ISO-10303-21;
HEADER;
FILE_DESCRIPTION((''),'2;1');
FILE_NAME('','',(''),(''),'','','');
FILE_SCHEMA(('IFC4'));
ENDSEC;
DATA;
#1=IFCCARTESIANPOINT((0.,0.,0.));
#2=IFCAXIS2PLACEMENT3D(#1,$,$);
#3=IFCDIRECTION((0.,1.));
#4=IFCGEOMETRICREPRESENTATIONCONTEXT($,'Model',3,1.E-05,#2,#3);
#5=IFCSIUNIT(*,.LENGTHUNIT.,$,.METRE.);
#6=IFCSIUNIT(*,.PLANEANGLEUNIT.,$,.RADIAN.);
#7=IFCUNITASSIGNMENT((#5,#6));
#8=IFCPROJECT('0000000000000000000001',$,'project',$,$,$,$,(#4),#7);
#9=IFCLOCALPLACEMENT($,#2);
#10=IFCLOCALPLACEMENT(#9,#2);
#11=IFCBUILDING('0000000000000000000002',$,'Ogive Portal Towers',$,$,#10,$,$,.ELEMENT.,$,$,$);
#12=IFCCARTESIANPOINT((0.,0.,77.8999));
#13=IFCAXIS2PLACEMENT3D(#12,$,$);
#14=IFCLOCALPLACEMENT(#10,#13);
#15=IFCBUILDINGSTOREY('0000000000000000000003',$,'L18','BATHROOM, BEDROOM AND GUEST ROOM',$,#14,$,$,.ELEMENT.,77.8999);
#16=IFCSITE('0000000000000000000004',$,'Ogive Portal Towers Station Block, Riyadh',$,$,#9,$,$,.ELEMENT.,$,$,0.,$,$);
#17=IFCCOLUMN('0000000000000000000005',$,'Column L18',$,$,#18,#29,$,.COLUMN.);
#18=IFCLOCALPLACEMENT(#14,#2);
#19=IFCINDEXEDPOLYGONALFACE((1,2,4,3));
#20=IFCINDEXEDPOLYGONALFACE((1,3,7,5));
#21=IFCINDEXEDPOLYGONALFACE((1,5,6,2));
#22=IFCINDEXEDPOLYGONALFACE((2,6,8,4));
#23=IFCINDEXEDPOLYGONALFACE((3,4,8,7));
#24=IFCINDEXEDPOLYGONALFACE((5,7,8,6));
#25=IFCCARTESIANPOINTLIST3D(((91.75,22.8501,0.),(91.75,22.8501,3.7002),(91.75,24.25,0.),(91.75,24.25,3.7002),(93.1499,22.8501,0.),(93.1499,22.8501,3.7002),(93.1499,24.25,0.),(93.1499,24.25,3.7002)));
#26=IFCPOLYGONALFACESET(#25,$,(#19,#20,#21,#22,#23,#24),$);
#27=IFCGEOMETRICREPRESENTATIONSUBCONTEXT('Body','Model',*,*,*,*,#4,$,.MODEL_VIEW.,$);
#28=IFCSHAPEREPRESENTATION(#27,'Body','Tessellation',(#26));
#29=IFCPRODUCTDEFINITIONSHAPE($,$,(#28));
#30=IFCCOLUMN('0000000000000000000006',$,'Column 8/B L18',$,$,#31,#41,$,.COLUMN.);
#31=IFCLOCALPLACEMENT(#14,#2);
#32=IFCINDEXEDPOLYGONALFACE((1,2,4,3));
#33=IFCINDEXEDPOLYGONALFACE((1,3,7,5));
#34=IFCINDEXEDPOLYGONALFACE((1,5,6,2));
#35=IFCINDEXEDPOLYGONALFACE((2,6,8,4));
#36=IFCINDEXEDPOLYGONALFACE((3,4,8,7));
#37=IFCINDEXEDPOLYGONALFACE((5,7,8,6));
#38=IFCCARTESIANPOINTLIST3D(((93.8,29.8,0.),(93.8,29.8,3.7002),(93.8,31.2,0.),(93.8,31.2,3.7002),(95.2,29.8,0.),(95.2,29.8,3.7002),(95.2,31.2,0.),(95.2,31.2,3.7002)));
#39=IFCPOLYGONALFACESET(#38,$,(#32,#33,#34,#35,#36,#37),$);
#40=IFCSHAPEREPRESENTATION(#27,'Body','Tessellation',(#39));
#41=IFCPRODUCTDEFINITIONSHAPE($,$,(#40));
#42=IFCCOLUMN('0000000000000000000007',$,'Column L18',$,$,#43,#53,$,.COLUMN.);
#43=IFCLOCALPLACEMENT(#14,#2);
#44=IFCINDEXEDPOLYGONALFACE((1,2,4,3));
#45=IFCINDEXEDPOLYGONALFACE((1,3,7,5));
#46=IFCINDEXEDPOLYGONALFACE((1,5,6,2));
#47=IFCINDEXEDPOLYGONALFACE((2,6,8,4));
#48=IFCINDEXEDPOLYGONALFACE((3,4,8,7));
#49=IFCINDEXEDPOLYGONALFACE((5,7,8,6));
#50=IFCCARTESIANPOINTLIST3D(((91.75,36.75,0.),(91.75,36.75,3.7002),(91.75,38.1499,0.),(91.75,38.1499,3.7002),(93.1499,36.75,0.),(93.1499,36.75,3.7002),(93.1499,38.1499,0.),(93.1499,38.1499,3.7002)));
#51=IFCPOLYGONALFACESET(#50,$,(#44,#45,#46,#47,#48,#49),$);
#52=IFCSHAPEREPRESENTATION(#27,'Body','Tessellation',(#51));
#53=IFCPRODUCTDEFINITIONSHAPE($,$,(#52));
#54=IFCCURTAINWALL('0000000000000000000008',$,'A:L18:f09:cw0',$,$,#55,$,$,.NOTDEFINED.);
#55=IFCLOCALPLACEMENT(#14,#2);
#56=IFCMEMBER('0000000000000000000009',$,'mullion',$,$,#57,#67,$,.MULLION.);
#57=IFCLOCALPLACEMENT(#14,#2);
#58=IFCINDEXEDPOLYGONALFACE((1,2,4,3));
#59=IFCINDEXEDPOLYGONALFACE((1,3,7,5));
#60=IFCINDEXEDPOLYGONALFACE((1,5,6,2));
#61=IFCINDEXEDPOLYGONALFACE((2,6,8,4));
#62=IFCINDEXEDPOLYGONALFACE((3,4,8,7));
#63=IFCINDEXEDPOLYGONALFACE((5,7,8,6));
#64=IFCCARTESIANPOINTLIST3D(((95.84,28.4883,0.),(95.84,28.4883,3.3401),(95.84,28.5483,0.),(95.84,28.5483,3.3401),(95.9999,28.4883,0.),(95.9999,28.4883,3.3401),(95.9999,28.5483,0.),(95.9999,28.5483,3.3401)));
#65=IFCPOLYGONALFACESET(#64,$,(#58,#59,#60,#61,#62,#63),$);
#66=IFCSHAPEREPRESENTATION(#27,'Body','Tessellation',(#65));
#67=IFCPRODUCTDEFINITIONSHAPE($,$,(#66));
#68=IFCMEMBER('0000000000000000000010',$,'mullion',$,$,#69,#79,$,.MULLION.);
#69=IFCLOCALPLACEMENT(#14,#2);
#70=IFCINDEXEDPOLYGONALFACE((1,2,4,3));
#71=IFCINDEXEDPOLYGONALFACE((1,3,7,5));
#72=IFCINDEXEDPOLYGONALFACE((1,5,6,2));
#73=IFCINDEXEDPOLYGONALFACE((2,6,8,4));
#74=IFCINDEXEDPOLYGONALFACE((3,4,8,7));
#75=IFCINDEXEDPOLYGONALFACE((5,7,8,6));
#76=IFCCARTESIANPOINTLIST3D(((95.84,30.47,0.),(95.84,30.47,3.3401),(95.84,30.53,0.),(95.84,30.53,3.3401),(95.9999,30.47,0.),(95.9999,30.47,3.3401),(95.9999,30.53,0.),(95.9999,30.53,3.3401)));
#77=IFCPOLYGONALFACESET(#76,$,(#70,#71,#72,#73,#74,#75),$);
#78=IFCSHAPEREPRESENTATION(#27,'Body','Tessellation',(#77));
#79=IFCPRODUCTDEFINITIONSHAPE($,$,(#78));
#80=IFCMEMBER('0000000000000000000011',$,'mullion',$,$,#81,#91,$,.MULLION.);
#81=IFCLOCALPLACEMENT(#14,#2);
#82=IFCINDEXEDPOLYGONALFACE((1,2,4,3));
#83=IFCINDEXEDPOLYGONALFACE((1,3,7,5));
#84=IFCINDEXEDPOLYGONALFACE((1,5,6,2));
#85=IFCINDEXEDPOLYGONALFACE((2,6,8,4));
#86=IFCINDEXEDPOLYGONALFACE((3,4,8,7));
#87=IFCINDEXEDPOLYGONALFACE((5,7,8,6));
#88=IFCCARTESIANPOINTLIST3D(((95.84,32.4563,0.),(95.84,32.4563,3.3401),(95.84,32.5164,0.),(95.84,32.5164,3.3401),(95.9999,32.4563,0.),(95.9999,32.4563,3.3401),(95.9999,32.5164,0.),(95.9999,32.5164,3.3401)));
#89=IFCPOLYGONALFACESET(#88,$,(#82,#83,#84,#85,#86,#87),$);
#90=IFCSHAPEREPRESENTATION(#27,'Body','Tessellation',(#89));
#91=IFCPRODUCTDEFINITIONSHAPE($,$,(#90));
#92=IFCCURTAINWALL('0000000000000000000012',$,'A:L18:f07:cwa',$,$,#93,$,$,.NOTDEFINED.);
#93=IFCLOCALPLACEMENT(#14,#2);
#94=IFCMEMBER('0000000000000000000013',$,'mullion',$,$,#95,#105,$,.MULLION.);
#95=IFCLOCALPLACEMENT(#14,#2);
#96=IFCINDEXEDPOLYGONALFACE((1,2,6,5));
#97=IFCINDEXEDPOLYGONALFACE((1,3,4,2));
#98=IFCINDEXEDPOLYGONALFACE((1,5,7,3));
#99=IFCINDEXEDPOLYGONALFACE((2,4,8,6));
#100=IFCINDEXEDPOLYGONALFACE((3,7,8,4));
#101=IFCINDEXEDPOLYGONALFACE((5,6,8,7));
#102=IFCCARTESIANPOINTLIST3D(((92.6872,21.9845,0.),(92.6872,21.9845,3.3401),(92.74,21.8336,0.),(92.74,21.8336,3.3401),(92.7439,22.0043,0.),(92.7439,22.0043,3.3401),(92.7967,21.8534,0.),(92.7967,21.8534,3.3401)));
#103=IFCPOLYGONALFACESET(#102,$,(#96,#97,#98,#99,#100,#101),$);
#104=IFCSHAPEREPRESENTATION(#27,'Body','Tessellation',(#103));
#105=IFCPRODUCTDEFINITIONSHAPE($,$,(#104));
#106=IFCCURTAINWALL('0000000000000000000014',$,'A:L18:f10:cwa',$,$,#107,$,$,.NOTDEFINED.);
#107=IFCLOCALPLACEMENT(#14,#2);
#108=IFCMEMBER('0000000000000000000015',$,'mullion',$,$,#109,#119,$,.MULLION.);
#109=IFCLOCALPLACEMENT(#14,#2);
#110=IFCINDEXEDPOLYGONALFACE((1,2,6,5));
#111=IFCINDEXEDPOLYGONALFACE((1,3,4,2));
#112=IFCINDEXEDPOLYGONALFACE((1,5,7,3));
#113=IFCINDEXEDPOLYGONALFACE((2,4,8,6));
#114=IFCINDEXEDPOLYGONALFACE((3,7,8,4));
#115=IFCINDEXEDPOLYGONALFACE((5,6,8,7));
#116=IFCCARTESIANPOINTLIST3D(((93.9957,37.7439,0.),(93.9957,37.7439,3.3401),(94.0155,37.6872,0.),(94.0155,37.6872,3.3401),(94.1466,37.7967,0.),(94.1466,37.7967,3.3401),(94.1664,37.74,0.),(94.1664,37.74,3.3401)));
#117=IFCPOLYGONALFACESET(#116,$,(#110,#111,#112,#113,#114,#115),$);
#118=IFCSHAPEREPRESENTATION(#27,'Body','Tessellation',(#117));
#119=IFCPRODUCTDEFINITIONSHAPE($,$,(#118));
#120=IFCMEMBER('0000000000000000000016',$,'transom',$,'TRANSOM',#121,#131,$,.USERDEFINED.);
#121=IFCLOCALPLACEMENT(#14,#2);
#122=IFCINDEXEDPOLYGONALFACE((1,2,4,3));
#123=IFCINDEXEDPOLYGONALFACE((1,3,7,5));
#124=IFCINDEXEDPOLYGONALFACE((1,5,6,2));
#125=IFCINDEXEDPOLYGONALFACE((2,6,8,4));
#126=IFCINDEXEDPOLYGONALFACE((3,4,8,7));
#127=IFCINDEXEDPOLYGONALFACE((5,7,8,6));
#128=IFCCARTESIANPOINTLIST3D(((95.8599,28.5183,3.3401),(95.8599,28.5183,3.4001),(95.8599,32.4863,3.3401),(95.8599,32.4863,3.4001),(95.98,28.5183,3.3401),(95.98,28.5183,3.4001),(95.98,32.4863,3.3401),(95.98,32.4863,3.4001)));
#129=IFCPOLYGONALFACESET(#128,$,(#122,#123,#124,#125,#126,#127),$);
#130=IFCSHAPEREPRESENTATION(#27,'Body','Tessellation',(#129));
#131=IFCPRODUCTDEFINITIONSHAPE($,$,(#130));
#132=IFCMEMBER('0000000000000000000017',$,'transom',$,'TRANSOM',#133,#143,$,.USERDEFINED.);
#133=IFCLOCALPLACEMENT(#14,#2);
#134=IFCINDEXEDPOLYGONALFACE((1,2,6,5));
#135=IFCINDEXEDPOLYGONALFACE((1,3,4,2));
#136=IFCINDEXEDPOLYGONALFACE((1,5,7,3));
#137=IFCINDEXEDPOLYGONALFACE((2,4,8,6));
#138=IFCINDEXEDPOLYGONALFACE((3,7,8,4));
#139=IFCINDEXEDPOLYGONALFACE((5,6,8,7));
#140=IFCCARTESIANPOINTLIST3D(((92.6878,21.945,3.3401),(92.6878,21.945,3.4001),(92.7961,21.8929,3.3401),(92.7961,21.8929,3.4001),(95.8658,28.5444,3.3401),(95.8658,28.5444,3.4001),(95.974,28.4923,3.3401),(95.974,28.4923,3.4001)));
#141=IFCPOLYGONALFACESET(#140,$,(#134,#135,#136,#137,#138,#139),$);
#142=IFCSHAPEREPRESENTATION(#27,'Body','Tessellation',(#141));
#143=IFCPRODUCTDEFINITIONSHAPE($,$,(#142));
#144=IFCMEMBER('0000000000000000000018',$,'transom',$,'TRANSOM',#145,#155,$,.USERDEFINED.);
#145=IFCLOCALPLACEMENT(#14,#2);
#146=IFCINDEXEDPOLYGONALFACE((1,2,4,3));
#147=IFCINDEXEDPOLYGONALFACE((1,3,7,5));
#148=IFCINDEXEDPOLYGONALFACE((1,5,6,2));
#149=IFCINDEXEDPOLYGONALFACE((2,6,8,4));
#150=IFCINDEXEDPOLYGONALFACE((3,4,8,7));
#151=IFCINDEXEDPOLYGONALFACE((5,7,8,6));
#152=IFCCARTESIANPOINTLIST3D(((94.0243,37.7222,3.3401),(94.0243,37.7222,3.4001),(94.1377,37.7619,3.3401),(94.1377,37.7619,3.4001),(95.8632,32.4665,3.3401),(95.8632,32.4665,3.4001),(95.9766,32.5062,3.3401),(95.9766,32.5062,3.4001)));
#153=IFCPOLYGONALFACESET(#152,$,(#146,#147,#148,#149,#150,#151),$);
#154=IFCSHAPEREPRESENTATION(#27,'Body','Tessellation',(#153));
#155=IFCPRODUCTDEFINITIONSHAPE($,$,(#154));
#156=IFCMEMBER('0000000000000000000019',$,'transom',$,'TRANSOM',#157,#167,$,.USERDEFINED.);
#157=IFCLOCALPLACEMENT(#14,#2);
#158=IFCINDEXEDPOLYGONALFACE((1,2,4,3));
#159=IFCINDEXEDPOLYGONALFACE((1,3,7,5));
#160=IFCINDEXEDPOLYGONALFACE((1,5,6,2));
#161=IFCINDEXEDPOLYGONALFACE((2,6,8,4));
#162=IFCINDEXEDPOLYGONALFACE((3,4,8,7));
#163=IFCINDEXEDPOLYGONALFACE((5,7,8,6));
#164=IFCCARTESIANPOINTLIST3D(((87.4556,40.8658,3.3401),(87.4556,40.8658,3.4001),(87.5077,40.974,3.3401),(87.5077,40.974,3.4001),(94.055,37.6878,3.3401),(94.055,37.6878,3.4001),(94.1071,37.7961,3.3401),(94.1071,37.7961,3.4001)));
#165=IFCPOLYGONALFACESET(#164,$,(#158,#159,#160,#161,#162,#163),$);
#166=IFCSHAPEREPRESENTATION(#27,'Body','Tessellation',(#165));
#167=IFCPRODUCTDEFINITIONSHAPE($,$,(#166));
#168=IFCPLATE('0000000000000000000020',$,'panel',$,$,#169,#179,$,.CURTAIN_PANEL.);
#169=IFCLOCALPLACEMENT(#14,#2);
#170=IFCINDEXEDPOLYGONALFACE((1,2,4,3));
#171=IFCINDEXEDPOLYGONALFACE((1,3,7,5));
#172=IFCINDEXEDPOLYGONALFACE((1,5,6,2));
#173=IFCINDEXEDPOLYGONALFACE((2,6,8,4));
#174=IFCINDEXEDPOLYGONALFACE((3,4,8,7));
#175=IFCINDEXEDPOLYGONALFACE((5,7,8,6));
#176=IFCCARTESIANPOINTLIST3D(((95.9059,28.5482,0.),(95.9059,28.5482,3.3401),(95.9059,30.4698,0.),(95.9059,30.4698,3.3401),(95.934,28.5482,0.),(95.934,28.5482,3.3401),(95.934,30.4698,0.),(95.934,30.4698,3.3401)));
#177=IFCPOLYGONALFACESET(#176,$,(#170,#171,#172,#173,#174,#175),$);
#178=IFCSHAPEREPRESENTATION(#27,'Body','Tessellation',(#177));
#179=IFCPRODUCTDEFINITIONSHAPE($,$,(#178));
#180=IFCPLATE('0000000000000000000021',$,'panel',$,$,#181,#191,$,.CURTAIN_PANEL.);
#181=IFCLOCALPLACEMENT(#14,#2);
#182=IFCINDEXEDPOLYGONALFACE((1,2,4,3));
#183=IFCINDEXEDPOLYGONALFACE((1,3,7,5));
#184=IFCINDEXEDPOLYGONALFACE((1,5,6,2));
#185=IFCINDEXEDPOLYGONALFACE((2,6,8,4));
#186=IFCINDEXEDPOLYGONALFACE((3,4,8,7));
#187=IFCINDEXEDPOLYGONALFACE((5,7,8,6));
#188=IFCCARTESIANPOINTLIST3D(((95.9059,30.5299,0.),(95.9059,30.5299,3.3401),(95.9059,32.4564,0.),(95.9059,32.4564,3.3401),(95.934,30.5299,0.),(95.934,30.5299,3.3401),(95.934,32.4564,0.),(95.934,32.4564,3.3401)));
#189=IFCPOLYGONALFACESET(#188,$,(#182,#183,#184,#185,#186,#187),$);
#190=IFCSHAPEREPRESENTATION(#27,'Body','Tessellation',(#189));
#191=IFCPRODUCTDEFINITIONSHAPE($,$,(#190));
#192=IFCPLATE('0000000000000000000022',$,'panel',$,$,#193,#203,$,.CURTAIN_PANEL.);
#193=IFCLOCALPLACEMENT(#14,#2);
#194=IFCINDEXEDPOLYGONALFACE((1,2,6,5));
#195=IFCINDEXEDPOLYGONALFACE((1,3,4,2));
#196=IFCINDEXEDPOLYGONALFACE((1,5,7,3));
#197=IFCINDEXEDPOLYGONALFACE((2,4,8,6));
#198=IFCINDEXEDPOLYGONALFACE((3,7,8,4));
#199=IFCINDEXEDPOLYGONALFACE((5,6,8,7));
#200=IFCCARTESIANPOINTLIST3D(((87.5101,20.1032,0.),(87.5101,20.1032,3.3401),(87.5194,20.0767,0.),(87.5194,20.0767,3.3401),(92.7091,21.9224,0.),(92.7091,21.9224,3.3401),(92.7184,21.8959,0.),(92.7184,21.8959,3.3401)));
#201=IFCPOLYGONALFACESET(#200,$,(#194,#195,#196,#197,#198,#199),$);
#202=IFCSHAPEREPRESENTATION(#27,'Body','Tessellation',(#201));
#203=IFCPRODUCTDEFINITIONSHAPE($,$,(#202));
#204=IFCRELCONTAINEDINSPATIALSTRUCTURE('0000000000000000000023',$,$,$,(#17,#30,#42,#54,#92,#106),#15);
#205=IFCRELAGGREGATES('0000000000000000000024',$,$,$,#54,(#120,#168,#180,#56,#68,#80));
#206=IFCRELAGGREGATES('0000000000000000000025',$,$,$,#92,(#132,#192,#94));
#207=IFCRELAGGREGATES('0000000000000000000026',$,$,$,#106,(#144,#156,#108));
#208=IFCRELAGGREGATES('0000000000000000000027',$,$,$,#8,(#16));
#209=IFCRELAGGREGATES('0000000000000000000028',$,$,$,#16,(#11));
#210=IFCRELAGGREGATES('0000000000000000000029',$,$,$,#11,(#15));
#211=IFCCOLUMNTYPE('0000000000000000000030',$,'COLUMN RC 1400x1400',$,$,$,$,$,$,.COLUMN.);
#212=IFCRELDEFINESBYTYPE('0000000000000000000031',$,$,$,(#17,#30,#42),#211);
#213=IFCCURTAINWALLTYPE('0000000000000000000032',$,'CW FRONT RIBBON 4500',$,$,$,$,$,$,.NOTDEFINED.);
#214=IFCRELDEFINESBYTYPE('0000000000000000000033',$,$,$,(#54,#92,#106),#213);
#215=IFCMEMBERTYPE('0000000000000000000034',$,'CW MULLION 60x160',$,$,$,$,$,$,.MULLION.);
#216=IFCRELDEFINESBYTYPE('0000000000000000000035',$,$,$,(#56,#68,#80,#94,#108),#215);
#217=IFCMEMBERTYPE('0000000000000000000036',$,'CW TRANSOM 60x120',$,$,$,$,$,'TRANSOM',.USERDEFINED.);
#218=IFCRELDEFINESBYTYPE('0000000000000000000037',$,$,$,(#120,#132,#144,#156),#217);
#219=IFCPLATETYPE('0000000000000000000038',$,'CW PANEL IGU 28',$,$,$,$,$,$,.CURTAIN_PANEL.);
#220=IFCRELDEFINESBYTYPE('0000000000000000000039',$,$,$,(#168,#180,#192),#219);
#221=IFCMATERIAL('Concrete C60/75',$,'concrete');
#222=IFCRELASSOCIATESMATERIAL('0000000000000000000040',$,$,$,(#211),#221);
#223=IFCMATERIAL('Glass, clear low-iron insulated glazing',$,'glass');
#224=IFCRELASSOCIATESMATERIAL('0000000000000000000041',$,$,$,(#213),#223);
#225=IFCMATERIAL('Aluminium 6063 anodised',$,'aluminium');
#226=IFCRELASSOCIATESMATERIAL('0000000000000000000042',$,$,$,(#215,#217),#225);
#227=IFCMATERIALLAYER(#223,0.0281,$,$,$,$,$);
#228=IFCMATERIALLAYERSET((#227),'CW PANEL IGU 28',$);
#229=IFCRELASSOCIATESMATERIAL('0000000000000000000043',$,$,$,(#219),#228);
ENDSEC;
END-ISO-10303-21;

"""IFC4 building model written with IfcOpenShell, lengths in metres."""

from ifc_helpers import new_model, si_unit, direction, frame, origin, origin_2d, place, context, subcontext, project, spatial, rectangle, extrude, material, layer, layer_set, material_profile, profile_set, type_object, element, aggregate, save


model = new_model("IFC4")

# Units and contexts
model_context = context("Model", 3, precision=1e-05, world=origin(), true_north=direction((0.0, 1.0)))
body_context = subcontext(model_context, "Body", "Model", "MODEL_VIEW")
ifc_project = project(units=[si_unit("LENGTHUNIT", "METRE"), si_unit("PLANEANGLEUNIT", "RADIAN")], contexts=[model_context])

# Site, building, storey
site_placement = place(None, origin())
site = spatial("IfcSite", under=ifc_project, at=site_placement, Name="Ogive Portal Towers Station Block, Riyadh", CompositionType="ELEMENT", RefElevation=0.0)
building_placement = place(site_placement, origin())
building = spatial("IfcBuilding", under=site, at=building_placement, Name="Ogive Portal Towers", CompositionType="ELEMENT")
storey_placement = place(building_placement, frame((0.0, 0.0, 77.8999)))
storey = spatial("IfcBuildingStorey", under=building, at=storey_placement, Name="L18", Description="BATHROOM, BEDROOM AND GUEST ROOM", CompositionType="ELEMENT", Elevation=77.8999)

# Columns
ifc_material_1 = material(Name="Concrete C60/75", Category="concrete")
ifc_material_profile_1 = material_profile(ifc_material_1, rectangle(XDim=1.3999, YDim=1.3999, at=origin_2d()), Name="RC 1400x1400")
ifc_profile_set_1 = profile_set([ifc_material_profile_1], Name="Concrete C60/75")
column_type = type_object("IfcColumnType", Name="COLUMN RC 1400x1400", PredefinedType="COLUMN", material=ifc_profile_set_1)
for number, where, z_axis, x_axis, name in (
    (1, (92.45, 23.55, 0.0), (0.0, 0.0, 1.0), (1.0, 0.0, 0.0), "Column L18"),
    (2, (94.5, 30.5, 0.0), (0.0, 0.0, 1.0), (1.0, 0.0, 0.0), "Column 8/B L18"),
    (3, (92.45, 37.45, 0.0), (0.0, 0.0, 1.0), (1.0, 0.0, 0.0), "Column L18"),
):
    element("IfcColumn", number, at=place(storey_placement, frame(where, z_axis=z_axis, x_axis=x_axis)), inside=storey, type_object=column_type, Name=name, PredefinedType="COLUMN", context=body_context, shape_type="SweptSolid", body=[
        extrude(rectangle(XDim=1.3999, YDim=1.3999, at=origin_2d()), origin(), (0.0, 0.0, 1.0), 3.7002),
    ])

# Curtain wall, members
ifc_material_2 = material(Name="Glass, clear low-iron insulated glazing", Category="glass")
curtain_wall_type = type_object("IfcCurtainWallType", Name="CW FRONT RIBBON 4500", PredefinedType="NOTDEFINED", material=ifc_material_2)
curtain_wall_1_placement = place(storey_placement, origin())
curtain_wall_1 = element("IfcCurtainWall", 4, at=curtain_wall_1_placement, inside=storey, type_object=curtain_wall_type, Name="A:L18:f09:cw0", PredefinedType="NOTDEFINED")
ifc_material_3 = material(Name="Aluminium 6063 anodised", Category="aluminium")
ifc_material_profile_2 = material_profile(ifc_material_3, rectangle(XDim=0.1599, YDim=0.0601, at=origin_2d()), Name="AL 60x160")
ifc_profile_set_2 = profile_set([ifc_material_profile_2], Name="Aluminium 6063 anodised")
member_type_1 = type_object("IfcMemberType", Name="CW MULLION 60x160", PredefinedType="MULLION", material=ifc_profile_set_2)
member_1_placement = place(storey_placement, frame((95.9199, 28.5183, 0.0), z_axis=(0.0, 0.0, 1.0), x_axis=(-1.0, 0.0, 0.0)))
member_1 = element("IfcMember", 5, at=member_1_placement, type_object=member_type_1, Name="mullion", PredefinedType="MULLION", context=body_context, shape_type="SweptSolid", body=[
    extrude(rectangle(XDim=0.1599, YDim=0.0601, at=origin_2d()), origin(), (0.0, 0.0, 1.0), 3.3401),
])
member_2_placement = place(storey_placement, frame((95.9199, 30.5, 0.0), z_axis=(0.0, 0.0, 1.0), x_axis=(-1.0, 0.0, 0.0)))
member_2 = element("IfcMember", 6, at=member_2_placement, type_object=member_type_1, Name="mullion", PredefinedType="MULLION", context=body_context, shape_type="SweptSolid", body=[
    extrude(rectangle(XDim=0.1599, YDim=0.0601, at=origin_2d()), origin(), (0.0, 0.0, 1.0), 3.3401),
])
member_3_placement = place(storey_placement, frame((95.9199, 32.4863, 0.0), z_axis=(0.0, 0.0, 1.0), x_axis=(-1.0, 0.0, 0.0)))
member_3 = element("IfcMember", 7, at=member_3_placement, type_object=member_type_1, Name="mullion", PredefinedType="MULLION", context=body_context, shape_type="SweptSolid", body=[
    extrude(rectangle(XDim=0.1599, YDim=0.0601, at=origin_2d()), origin(), (0.0, 0.0, 1.0), 3.3401),
])

# Curtain walls, members
curtain_wall_2_placement = place(storey_placement, origin())
curtain_wall_2 = element("IfcCurtainWall", 8, at=curtain_wall_2_placement, inside=storey, type_object=curtain_wall_type, Name="A:L18:f07:cwa", PredefinedType="NOTDEFINED")
member_4_placement = place(storey_placement, frame((92.7419, 21.9189, 0.0), z_axis=(0.0, 0.0, 1.0), x_axis=(-0.330279, 0.943883, 0.0)))
member_4 = element("IfcMember", 9, at=member_4_placement, type_object=member_type_1, Name="mullion", PredefinedType="MULLION", context=body_context, shape_type="SweptSolid", body=[
    extrude(rectangle(XDim=0.1599, YDim=0.0601, at=origin_2d()), origin(), (0.0, 0.0, 1.0), 3.3401),
])
curtain_wall_3_placement = place(storey_placement, origin())
curtain_wall_3 = element("IfcCurtainWall", 10, at=curtain_wall_3_placement, inside=storey, type_object=curtain_wall_type, Name="A:L18:f10:cwa", PredefinedType="NOTDEFINED")
member_5_placement = place(storey_placement, frame((94.0811, 37.7419, 0.0), z_axis=(0.0, 0.0, 1.0), x_axis=(-0.943883, -0.330279, 0.0)))
member_5 = element("IfcMember", 11, at=member_5_placement, type_object=member_type_1, Name="mullion", PredefinedType="MULLION", context=body_context, shape_type="SweptSolid", body=[
    extrude(rectangle(XDim=0.1599, YDim=0.0601, at=origin_2d()), origin(), (0.0, 0.0, 1.0), 3.3401),
])

# Members
ifc_material_profile_3 = material_profile(ifc_material_3, rectangle(XDim=0.1201, YDim=0.0601, at=origin_2d()), Name="AL 120x60")
ifc_profile_set_3 = profile_set([ifc_material_profile_3], Name="Aluminium 6063 anodised")
member_type_2 = type_object("IfcMemberType", Name="CW TRANSOM 60x120", ElementType="TRANSOM", PredefinedType="USERDEFINED", material=ifc_profile_set_3)
member_6_placement = place(storey_placement, frame((95.9199, 28.5183, 3.3701), z_axis=(0.0, 1.0, 0.0), x_axis=(-1.0, 0.0, 0.0)))
member_6 = element("IfcMember", 12, at=member_6_placement, type_object=member_type_2, Name="transom", ObjectType="TRANSOM", PredefinedType="USERDEFINED", context=body_context, shape_type="SweptSolid", body=[
    extrude(rectangle(XDim=0.1201, YDim=0.0601, at=origin_2d()), origin(), (0.0, 0.0, 1.0), 3.968),
])
member_7_placement = place(storey_placement, frame((92.7419, 21.9189, 3.3701), z_axis=(0.433872, 0.900975, 0.0), x_axis=(-0.900975, 0.433872, 0.0)))
member_7 = element("IfcMember", 13, at=member_7_placement, type_object=member_type_2, Name="transom", ObjectType="TRANSOM", PredefinedType="USERDEFINED", context=body_context, shape_type="SweptSolid", body=[
    extrude(rectangle(XDim=0.1201, YDim=0.0601, at=origin_2d()), origin(), (0.0, 0.0, 1.0), 7.3247),
])
member_8_placement = place(storey_placement, frame((95.9199, 32.4863, 3.3701), z_axis=(-0.330255, 0.943892, 0.0), x_axis=(-0.943892, -0.330255, 0.0)))
member_8 = element("IfcMember", 14, at=member_8_placement, type_object=member_type_2, Name="transom", ObjectType="TRANSOM", PredefinedType="USERDEFINED", context=body_context, shape_type="SweptSolid", body=[
    extrude(rectangle(XDim=0.1201, YDim=0.0601, at=origin_2d()), origin(), (0.0, 0.0, 1.0), 5.5681),
])
member_9_placement = place(storey_placement, frame((94.0811, 37.7419, 3.3701), z_axis=(-0.900975, 0.433872, 0.0), x_axis=(-0.433872, -0.900975, 0.0)))
member_9 = element("IfcMember", 15, at=member_9_placement, type_object=member_type_2, Name="transom", ObjectType="TRANSOM", PredefinedType="USERDEFINED", context=body_context, shape_type="SweptSolid", body=[
    extrude(rectangle(XDim=0.1201, YDim=0.0601, at=origin_2d()), origin(), (0.0, 0.0, 1.0), 7.3247),
])

# Plates
ifc_layer_1 = layer(ifc_material_2, 0.0281)
ifc_layer_set_1 = layer_set([ifc_layer_1], Name="CW PANEL IGU 28")
plate_type = type_object("IfcPlateType", Name="CW PANEL IGU 28", PredefinedType="CURTAIN_PANEL", material=ifc_layer_set_1)
plate_1_placement = place(storey_placement, frame((95.9199, 29.509, 0.0), z_axis=(0.0, 0.0, 1.0), x_axis=(0.0, 1.0, 0.0)))
plate_1 = element("IfcPlate", 16, at=plate_1_placement, type_object=plate_type, Name="panel", PredefinedType="CURTAIN_PANEL", context=body_context, shape_type="SweptSolid", body=[
    extrude(rectangle(XDim=1.9216, YDim=0.0281, at=origin_2d()), origin(), (0.0, 0.0, 1.0), 3.3401),
])
plate_2_placement = place(storey_placement, frame((95.9199, 31.4932, 0.0), z_axis=(0.0, 0.0, 1.0), x_axis=(0.0, 1.0, 0.0)))
plate_2 = element("IfcPlate", 17, at=plate_2_placement, type_object=plate_type, Name="panel", PredefinedType="CURTAIN_PANEL", context=body_context, shape_type="SweptSolid", body=[
    extrude(rectangle(XDim=1.9265, YDim=0.0281, at=origin_2d()), origin(), (0.0, 0.0, 1.0), 3.3401),
])
aggregate(curtain_wall_1, [member_6, plate_1, plate_2, member_1, member_2, member_3])
plate_3_placement = place(storey_placement, frame((90.1143, 20.9995, 0.0), z_axis=(0.0, 0.0, 1.0), x_axis=(0.943883, 0.330279, 0.0)))
plate_3 = element("IfcPlate", 18, at=plate_3_placement, type_object=plate_type, Name="panel", PredefinedType="CURTAIN_PANEL", context=body_context, shape_type="SweptSolid", body=[
    extrude(rectangle(XDim=5.5081, YDim=0.0281, at=origin_2d()), origin(), (0.0, 0.0, 1.0), 3.3401),
])
aggregate(curtain_wall_2, [member_7, plate_3, member_4])
aggregate(curtain_wall_3, [member_8, member_9, member_5])

save(model, "model.ifc")
